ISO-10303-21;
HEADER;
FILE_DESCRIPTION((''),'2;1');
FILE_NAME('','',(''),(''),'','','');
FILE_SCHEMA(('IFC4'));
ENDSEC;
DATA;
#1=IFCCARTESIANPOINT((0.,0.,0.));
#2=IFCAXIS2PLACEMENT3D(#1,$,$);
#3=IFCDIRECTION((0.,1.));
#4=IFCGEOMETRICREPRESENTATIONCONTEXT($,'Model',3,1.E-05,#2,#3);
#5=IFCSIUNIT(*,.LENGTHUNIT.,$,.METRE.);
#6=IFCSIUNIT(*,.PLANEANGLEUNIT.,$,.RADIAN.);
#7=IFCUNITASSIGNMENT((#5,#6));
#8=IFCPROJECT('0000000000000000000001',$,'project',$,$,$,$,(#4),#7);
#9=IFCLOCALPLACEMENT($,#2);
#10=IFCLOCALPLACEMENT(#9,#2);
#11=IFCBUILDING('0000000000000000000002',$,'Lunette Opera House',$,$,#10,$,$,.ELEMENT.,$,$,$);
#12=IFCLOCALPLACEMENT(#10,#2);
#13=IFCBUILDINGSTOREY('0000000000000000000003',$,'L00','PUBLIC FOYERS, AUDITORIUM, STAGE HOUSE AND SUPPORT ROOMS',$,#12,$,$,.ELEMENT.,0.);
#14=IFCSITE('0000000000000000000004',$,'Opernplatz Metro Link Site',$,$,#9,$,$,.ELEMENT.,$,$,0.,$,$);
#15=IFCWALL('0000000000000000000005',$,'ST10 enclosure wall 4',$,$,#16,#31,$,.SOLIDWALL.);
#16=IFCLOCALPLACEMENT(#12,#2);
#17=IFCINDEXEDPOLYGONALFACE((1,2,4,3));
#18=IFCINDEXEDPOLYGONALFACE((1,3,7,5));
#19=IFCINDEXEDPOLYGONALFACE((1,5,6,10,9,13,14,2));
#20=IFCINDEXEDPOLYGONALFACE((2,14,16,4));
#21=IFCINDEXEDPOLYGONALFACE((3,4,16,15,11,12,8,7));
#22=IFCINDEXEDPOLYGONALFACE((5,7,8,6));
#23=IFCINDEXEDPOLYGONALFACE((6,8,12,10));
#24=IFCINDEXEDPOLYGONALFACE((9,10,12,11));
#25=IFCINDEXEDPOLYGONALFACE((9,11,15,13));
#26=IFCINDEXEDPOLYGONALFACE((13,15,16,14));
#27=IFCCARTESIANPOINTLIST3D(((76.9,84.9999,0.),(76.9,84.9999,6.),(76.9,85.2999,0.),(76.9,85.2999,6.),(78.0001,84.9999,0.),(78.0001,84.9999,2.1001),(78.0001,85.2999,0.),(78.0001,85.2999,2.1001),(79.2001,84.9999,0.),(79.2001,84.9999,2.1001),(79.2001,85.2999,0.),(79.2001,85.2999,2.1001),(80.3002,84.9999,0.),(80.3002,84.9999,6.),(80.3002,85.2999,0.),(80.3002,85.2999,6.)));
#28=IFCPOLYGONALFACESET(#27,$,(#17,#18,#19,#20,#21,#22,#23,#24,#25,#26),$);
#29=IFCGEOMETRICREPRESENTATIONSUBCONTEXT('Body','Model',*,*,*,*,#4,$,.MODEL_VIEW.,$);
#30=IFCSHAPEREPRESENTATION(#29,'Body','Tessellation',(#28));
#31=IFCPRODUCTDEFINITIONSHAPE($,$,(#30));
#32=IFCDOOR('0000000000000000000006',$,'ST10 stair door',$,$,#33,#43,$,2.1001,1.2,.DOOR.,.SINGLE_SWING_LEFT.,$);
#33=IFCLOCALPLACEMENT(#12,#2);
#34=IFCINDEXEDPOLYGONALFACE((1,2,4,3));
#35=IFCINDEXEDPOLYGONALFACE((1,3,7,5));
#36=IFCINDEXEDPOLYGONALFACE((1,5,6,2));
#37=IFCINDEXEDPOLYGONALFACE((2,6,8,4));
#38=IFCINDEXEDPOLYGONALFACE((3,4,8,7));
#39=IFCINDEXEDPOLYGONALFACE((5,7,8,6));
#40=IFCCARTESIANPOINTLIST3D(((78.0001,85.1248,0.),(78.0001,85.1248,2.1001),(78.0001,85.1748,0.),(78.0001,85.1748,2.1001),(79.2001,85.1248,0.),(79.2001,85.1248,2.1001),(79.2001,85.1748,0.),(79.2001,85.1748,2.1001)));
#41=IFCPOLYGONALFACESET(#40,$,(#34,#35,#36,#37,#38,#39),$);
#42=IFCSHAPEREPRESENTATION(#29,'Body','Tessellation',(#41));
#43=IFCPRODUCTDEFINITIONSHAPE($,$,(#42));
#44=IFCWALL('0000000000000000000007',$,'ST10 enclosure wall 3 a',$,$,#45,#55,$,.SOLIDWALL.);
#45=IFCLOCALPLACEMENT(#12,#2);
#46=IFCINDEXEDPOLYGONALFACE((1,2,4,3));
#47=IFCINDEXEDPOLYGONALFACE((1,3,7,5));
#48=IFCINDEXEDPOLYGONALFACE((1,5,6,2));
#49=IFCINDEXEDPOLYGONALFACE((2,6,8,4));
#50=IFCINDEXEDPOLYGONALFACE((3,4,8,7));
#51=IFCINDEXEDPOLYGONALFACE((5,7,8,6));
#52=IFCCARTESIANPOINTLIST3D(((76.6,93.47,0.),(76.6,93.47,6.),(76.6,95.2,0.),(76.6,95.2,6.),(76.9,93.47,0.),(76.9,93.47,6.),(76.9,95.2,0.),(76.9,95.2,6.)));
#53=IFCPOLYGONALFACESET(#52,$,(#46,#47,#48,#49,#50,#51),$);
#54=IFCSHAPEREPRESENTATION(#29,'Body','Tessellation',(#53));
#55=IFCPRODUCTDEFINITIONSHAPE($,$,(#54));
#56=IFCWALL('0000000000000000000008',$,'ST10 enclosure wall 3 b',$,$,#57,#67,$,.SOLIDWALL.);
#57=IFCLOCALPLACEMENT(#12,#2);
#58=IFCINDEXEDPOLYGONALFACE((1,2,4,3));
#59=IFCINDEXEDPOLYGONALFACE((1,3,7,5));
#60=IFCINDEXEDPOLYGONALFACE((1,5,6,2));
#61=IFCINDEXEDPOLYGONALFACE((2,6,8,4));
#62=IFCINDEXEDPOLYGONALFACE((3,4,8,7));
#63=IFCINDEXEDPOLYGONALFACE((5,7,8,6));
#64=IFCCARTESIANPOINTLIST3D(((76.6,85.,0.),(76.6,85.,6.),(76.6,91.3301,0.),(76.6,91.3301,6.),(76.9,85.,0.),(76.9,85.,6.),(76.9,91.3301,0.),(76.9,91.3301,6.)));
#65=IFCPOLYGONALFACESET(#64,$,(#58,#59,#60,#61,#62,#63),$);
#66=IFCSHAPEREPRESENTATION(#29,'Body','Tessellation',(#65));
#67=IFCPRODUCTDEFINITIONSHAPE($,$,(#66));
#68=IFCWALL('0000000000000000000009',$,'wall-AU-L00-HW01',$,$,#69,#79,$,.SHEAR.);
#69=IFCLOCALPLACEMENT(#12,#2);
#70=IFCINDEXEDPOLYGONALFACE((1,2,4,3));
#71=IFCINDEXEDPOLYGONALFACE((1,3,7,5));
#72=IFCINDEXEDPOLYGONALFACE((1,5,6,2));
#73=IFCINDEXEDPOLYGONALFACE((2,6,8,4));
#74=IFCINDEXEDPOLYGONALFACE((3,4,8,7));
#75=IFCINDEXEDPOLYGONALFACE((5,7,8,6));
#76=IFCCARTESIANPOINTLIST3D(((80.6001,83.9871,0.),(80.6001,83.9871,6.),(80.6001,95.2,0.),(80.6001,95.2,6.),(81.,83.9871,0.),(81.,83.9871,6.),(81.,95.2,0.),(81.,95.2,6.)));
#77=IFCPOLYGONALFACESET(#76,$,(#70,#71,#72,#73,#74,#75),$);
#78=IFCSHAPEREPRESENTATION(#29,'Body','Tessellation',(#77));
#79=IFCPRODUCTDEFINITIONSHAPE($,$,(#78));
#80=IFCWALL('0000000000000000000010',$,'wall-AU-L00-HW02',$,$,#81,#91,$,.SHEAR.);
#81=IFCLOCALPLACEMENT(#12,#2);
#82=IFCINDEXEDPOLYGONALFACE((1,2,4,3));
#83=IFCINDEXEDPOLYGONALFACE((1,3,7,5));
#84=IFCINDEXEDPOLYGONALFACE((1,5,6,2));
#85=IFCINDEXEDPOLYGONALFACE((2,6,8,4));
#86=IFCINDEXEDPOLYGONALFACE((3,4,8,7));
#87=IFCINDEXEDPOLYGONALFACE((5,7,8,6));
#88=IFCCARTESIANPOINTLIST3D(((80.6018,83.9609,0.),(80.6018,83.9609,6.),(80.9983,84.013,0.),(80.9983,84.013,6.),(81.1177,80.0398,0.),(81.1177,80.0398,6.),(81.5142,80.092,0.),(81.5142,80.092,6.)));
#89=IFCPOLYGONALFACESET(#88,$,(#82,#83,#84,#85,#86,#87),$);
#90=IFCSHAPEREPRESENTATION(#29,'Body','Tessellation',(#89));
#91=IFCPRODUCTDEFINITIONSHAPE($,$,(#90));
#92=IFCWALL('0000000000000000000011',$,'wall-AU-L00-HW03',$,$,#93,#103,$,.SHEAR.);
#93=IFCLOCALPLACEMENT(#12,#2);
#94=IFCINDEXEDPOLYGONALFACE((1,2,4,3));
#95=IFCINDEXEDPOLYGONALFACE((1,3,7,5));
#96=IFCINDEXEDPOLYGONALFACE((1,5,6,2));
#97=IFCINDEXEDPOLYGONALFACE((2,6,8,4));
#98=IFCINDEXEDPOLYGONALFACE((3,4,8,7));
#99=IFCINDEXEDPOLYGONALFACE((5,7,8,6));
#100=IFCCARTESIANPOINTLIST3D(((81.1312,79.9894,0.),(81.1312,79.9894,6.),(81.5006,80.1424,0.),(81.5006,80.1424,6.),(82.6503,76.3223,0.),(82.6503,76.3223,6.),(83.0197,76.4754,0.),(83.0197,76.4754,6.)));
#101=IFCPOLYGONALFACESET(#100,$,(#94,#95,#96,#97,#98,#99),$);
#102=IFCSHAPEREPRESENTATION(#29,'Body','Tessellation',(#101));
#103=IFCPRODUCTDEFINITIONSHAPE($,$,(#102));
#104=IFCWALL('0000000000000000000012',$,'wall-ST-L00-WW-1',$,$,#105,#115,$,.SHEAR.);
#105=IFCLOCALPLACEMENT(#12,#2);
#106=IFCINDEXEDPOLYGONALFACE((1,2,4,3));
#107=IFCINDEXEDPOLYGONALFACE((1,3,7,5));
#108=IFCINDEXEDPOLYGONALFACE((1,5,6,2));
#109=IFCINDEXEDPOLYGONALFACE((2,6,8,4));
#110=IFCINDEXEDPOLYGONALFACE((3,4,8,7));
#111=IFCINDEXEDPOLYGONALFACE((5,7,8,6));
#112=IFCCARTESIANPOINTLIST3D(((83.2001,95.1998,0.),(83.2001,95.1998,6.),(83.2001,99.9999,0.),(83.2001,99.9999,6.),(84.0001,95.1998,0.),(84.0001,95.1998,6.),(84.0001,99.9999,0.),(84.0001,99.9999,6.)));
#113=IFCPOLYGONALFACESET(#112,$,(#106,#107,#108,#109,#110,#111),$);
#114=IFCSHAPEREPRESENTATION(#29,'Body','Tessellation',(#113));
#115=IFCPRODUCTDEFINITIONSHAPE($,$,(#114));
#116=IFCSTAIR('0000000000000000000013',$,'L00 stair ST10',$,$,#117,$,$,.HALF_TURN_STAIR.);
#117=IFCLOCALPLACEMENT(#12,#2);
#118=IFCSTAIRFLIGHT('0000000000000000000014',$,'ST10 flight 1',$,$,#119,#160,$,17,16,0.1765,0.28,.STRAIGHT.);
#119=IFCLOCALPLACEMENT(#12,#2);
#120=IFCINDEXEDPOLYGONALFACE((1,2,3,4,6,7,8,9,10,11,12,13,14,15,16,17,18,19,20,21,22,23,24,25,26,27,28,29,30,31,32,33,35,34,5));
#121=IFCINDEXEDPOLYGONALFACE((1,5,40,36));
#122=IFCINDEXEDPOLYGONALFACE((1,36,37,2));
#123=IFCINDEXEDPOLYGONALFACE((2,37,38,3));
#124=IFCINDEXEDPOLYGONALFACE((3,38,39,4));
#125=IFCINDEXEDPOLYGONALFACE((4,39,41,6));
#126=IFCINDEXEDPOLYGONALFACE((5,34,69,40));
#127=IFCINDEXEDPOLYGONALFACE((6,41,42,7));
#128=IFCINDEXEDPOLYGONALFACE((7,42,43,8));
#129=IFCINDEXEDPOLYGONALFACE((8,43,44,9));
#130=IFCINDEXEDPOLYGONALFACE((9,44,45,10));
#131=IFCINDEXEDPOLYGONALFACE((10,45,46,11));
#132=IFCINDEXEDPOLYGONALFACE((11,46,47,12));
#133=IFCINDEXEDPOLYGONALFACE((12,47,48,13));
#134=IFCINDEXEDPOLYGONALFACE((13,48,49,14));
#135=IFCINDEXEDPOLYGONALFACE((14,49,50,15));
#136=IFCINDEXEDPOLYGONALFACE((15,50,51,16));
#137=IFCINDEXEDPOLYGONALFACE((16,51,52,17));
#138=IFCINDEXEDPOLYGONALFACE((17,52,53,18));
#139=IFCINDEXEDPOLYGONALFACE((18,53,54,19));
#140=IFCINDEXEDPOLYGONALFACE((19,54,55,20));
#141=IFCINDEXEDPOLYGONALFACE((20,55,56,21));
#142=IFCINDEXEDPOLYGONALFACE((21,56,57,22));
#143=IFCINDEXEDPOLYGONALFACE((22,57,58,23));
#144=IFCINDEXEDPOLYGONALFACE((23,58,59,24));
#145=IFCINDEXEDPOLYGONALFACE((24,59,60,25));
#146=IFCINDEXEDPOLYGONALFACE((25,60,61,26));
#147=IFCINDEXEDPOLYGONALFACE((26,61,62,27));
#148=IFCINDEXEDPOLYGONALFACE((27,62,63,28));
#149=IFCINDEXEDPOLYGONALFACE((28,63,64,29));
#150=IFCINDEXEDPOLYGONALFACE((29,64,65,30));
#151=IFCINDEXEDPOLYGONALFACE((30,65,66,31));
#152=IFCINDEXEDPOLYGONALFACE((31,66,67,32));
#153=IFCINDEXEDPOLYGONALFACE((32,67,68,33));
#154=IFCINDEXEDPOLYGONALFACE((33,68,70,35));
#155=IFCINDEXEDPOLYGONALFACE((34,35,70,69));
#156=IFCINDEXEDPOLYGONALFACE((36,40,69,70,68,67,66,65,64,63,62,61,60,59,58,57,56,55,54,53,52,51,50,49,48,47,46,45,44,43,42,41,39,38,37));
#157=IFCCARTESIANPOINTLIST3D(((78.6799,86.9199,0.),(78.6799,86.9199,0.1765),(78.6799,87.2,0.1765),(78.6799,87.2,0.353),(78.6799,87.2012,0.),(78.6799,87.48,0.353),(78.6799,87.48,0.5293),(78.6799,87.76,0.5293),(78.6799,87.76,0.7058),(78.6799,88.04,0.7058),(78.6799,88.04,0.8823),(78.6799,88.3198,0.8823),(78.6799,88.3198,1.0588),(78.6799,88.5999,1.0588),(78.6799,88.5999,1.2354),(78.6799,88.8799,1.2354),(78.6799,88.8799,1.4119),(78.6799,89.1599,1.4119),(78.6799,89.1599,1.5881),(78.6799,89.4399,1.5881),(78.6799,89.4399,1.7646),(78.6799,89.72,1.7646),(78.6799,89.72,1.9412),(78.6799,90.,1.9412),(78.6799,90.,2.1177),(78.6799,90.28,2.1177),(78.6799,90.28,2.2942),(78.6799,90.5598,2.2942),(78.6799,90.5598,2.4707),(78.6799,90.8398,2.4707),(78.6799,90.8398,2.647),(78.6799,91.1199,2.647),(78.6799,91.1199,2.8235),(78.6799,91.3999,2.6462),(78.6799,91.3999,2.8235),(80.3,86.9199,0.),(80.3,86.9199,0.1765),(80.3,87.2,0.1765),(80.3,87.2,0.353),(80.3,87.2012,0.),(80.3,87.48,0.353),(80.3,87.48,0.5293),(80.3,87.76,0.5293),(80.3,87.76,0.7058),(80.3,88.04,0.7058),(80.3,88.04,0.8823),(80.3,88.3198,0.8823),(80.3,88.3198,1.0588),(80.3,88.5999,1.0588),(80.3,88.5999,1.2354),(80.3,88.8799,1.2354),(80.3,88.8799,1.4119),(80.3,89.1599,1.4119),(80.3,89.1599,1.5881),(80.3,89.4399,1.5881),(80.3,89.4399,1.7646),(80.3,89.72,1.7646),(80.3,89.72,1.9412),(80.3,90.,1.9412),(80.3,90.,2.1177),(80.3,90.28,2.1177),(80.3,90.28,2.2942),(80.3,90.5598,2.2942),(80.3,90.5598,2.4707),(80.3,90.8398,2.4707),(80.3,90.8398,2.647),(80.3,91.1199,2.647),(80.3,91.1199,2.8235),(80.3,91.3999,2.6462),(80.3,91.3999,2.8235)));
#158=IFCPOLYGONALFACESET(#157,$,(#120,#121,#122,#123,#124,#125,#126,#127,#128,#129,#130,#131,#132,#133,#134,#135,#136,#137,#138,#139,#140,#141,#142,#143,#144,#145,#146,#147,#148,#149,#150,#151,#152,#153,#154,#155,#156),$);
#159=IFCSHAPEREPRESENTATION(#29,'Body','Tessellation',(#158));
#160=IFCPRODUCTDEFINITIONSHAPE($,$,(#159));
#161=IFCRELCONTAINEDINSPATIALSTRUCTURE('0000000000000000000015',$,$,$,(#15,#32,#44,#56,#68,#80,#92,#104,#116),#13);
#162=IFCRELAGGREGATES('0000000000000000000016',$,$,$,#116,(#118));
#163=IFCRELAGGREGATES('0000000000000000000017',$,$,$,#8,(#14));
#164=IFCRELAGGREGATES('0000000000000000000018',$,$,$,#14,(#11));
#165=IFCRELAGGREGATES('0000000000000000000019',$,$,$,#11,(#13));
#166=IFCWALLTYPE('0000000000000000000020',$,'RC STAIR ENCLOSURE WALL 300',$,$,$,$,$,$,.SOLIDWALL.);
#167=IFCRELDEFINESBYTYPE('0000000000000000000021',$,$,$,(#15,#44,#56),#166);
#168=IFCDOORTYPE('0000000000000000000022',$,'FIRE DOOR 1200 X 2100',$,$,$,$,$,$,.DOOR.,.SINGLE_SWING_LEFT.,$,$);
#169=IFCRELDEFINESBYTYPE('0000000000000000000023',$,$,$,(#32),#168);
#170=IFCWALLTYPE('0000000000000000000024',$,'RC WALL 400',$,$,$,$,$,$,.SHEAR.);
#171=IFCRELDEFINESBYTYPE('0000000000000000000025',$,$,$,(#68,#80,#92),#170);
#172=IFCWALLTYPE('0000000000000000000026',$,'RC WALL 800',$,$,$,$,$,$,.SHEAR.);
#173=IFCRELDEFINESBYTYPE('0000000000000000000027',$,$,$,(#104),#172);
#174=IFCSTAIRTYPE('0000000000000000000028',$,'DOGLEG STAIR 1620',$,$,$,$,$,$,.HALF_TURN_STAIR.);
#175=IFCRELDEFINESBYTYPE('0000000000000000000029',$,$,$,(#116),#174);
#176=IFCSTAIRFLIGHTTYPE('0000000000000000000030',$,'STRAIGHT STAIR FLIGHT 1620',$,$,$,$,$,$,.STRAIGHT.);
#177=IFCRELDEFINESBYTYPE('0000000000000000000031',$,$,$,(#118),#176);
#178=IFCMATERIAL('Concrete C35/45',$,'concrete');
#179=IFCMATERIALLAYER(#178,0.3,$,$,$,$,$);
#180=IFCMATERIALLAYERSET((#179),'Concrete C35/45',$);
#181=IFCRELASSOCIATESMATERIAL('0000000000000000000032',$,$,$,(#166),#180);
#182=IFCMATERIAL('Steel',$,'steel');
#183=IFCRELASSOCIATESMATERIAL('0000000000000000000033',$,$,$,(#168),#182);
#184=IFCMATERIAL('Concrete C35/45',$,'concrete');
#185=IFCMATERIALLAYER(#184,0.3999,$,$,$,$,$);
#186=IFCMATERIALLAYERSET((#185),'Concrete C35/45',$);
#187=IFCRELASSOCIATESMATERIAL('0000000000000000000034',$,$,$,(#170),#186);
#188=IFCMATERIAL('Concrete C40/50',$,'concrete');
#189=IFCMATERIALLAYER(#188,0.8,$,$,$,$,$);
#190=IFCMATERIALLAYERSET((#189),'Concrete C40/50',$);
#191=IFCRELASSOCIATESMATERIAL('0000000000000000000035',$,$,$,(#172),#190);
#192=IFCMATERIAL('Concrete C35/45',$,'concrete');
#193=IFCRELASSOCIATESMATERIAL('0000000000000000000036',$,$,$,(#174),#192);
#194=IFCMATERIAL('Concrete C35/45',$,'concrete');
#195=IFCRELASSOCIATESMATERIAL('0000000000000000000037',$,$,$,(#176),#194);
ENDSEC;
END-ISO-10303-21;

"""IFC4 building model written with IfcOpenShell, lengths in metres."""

from ifc_helpers import new_model, si_unit, direction, frame, frame_2d, origin, place, context, subcontext, project, spatial, polyline, rectangle, outline, extrude, material, layer, layer_set, type_object, element, fill, aggregate, save


model = new_model("IFC4")

# Units and contexts
model_context = context("Model", 3, precision=1e-05, world=origin(), true_north=direction((0.0, 1.0)))
body_context = subcontext(model_context, "Body", "Model", "MODEL_VIEW")
ifc_project = project(units=[si_unit("LENGTHUNIT", "METRE"), si_unit("PLANEANGLEUNIT", "RADIAN")], contexts=[model_context])

# Site, building, storey
site_placement = place(None, origin())
site = spatial("IfcSite", under=ifc_project, at=site_placement, Name="Opernplatz Metro Link Site", CompositionType="ELEMENT", RefElevation=0.0)
building_placement = place(site_placement, origin())
building = spatial("IfcBuilding", under=site, at=building_placement, Name="Lunette Opera House", CompositionType="ELEMENT")
storey_placement = place(building_placement, origin())
storey = spatial("IfcBuildingStorey", under=building, at=storey_placement, Name="L00", Description="PUBLIC FOYERS, AUDITORIUM, STAGE HOUSE AND SUPPORT ROOMS", CompositionType="ELEMENT", Elevation=0.0)

# Shared definitions
ifc_material_1 = material(Name="Concrete C35/45", Category="concrete")
ifc_layer_1 = layer(ifc_material_1, 0.3)
ifc_layer_set_1 = layer_set([ifc_layer_1], Name="Concrete C35/45")
wall_type_1 = type_object("IfcWallType", Name="RC STAIR ENCLOSURE WALL 300", PredefinedType="SOLIDWALL", material=ifc_layer_set_1)

# Wall, opening, door
wall_1_placement = place(storey_placement, frame((76.8999, 85.1499, 0.0), z_axis=(0.0, 0.0, 1.0), x_axis=(1.0, 0.0, 0.0)))
wall_1 = element("IfcWall", 1, at=wall_1_placement, inside=storey, type_object=wall_type_1, Name="ST10 enclosure wall 4", PredefinedType="SOLIDWALL", context=body_context, shape_type="SweptSolid", body=[
    extrude(rectangle(XDim=3.4001, YDim=0.3, at=frame_2d((1.7002, 0.0))), origin(), (0.0, 0.0, 1.0), 6.0),
])
opening_1_placement = place(wall_1_placement, frame((1.1001, 0.0, 0.0)))
opening_1 = element("IfcOpeningElement", 2, at=opening_1_placement, cuts=wall_1, PredefinedType="OPENING", context=body_context, shape_type="SweptSolid", body=[
    extrude(rectangle(XDim=1.2, YDim=2.1001, at=frame_2d((0.6001, 1.05))), frame((0.0, 0.1621, 0.0), z_axis=(0.0, -1.0, 0.0), x_axis=(1.0, 0.0, 0.0)), (0.0, 0.0, 1.0), 0.324),
])
ifc_material_2 = material(Name="Steel", Category="steel")
door_type_1 = type_object("IfcDoorType", Name="FIRE DOOR 1200 X 2100", OperationType="SINGLE_SWING_LEFT", PredefinedType="DOOR", material=ifc_material_2)
door_1_placement = place(opening_1_placement, origin())
door_1 = element("IfcDoor", 3, at=door_1_placement, inside=storey, type_object=door_type_1, Name="ST10 stair door", OperationType="SINGLE_SWING_LEFT", OverallHeight=2.1001, OverallWidth=1.2, PredefinedType="DOOR", context=body_context, shape_type="SweptSolid", body=[
    extrude(rectangle(XDim=1.2, YDim=2.1001, at=frame_2d((0.6001, 1.05))), frame((0.0, 0.0249, 0.0), z_axis=(0.0, -1.0, 0.0), x_axis=(1.0, 0.0, 0.0)), (0.0, 0.0, 1.0), 0.05),
])
fill(opening_1, door_1)

# Walls
wall_2_placement = place(storey_placement, frame((76.75, 95.2, 0.0), z_axis=(0.0, 0.0, 1.0), x_axis=(0.0, -1.0, 0.0)))
element("IfcWall", 4, at=wall_2_placement, inside=storey, type_object=wall_type_1, Name="ST10 enclosure wall 3 a", PredefinedType="SOLIDWALL", context=body_context, shape_type="SweptSolid", body=[
    extrude(rectangle(XDim=1.73, YDim=0.3, at=frame_2d((0.865, 0.0))), origin(), (0.0, 0.0, 1.0), 6.0),
])
wall_3_placement = place(storey_placement, frame((76.75, 91.3301, 0.0), z_axis=(0.0, 0.0, 1.0), x_axis=(0.0, -1.0, 0.0)))
element("IfcWall", 5, at=wall_3_placement, inside=storey, type_object=wall_type_1, Name="ST10 enclosure wall 3 b", PredefinedType="SOLIDWALL", context=body_context, shape_type="SweptSolid", body=[
    extrude(rectangle(XDim=6.3301, YDim=0.3, at=frame_2d((3.165, 0.0))), origin(), (0.0, 0.0, 1.0), 6.0),
])
ifc_material_3 = material(Name="Concrete C35/45", Category="concrete")
ifc_layer_2 = layer(ifc_material_3, 0.3999)
ifc_layer_set_2 = layer_set([ifc_layer_2], Name="Concrete C35/45")
wall_type_2 = type_object("IfcWallType", Name="RC WALL 400", PredefinedType="SHEAR", material=ifc_layer_set_2)
wall_4_placement = place(storey_placement, frame((80.8, 95.2, 0.0), z_axis=(0.0, 0.0, 1.0), x_axis=(0.0, -1.0, 0.0)))
element("IfcWall", 6, at=wall_4_placement, inside=storey, type_object=wall_type_2, Name="wall-AU-L00-HW01", PredefinedType="SHEAR", context=body_context, shape_type="SweptSolid", body=[
    extrude(rectangle(XDim=11.2129, YDim=0.3999, at=frame_2d((5.6064, 0.0))), origin(), (0.0, 0.0, 1.0), 6.0),
])
wall_5_placement = place(storey_placement, frame((80.8, 83.9871, 0.0), z_axis=(0.0, 0.0, 1.0), x_axis=(0.130437, -0.991457, 0.0)))
element("IfcWall", 7, at=wall_5_placement, inside=storey, type_object=wall_type_2, Name="wall-AU-L00-HW02", PredefinedType="SHEAR", context=body_context, shape_type="SweptSolid", body=[
    extrude(rectangle(XDim=3.9548, YDim=0.3999, at=frame_2d((1.9775, 0.0))), origin(), (0.0, 0.0, 1.0), 6.0),
])
wall_6_placement = place(storey_placement, frame((81.3159, 80.0659, 0.0), z_axis=(0.0, 0.0, 1.0), x_axis=(0.38271, -0.923868, 0.0)))
element("IfcWall", 8, at=wall_6_placement, inside=storey, type_object=wall_type_2, Name="wall-AU-L00-HW03", PredefinedType="SHEAR", context=body_context, shape_type="SweptSolid", body=[
    extrude(rectangle(XDim=3.9692, YDim=0.3999, at=frame_2d((1.9846, 0.0))), origin(), (0.0, 0.0, 1.0), 6.0),
])
ifc_material_4 = material(Name="Concrete C40/50", Category="concrete")
ifc_layer_3 = layer(ifc_material_4, 0.8)
ifc_layer_set_3 = layer_set([ifc_layer_3], Name="Concrete C40/50")
wall_type_3 = type_object("IfcWallType", Name="RC WALL 800", PredefinedType="SHEAR", material=ifc_layer_set_3)
wall_7_placement = place(storey_placement, frame((83.6001, 95.2, 0.0), z_axis=(0.0, 0.0, 1.0), x_axis=(0.0, 1.0, 0.0)))
element("IfcWall", 9, at=wall_7_placement, inside=storey, type_object=wall_type_3, Name="wall-ST-L00-WW-1", PredefinedType="SHEAR", context=body_context, shape_type="SweptSolid", body=[
    extrude(rectangle(XDim=4.8, YDim=0.8, at=frame_2d((2.3999, 0.0))), origin(), (0.0, 0.0, 1.0), 6.0),
])

# Stair, stair flight
ifc_material_5 = material(Name="Concrete C35/45", Category="concrete")
stair_type = type_object("IfcStairType", Name="DOGLEG STAIR 1620", PredefinedType="HALF_TURN_STAIR", material=ifc_material_5)
stair_placement = place(storey_placement, origin())
stair = element("IfcStair", 10, at=stair_placement, inside=storey, type_object=stair_type, Name="L00 stair ST10", PredefinedType="HALF_TURN_STAIR")
ifc_material_6 = material(Name="Concrete C35/45", Category="concrete")
stair_flight_type = type_object("IfcStairFlightType", Name="STRAIGHT STAIR FLIGHT 1620", PredefinedType="STRAIGHT", material=ifc_material_6)
stair_flight_1_placement = place(storey_placement, frame((79.49, 86.9199, 0.0), z_axis=(0.0, 0.0, 1.0), x_axis=(0.0, 1.0, 0.0)))
stair_flight_1 = element("IfcStairFlight", 11, at=stair_flight_1_placement, type_object=stair_flight_type, Name="ST10 flight 1", NumberOfRisers=17, NumberOfTreads=16, PredefinedType="STRAIGHT", RiserHeight=0.1765, TreadLength=0.28, context=body_context, shape_type="SweptSolid", body=[
    extrude(outline(polyline([(0.0, 0.0), (0.0, 0.1765), (0.28, 0.1765), (0.28, 0.353), (0.5601, 0.353), (0.5601, 0.5293), (0.8401, 0.5293), (0.8401, 0.7058), (1.1201, 0.7058), (1.1201, 0.8823), (1.3999, 0.8823), (1.3999, 1.0588), (1.6799, 1.0588), (1.6799, 1.2354), (1.96, 1.2354), (1.96, 1.4119), (2.24, 1.4119), (2.24, 1.5881), (2.52, 1.5881), (2.52, 1.7646), (2.8, 1.7646), (2.8, 1.9412), (3.0801, 1.9412), (3.0801, 2.1177), (3.3601, 2.1177), (3.3601, 2.2942), (3.6399, 2.2942), (3.6399, 2.4707), (3.9199, 2.4707), (3.9199, 2.647), (4.2, 2.647), (4.2, 2.8235), (4.48, 2.8235), (4.48, 3.0), (4.48, 2.6462), (0.2812, 0.0), (0.0, 0.0)])), frame((0.0, 0.8101, 0.0), z_axis=(0.0, -1.0, 0.0), x_axis=(1.0, 0.0, 0.0)), (0.0, 0.0, 1.0), 1.6201),
])
aggregate(stair, [stair_flight_1])

save(model, "model.ifc")
